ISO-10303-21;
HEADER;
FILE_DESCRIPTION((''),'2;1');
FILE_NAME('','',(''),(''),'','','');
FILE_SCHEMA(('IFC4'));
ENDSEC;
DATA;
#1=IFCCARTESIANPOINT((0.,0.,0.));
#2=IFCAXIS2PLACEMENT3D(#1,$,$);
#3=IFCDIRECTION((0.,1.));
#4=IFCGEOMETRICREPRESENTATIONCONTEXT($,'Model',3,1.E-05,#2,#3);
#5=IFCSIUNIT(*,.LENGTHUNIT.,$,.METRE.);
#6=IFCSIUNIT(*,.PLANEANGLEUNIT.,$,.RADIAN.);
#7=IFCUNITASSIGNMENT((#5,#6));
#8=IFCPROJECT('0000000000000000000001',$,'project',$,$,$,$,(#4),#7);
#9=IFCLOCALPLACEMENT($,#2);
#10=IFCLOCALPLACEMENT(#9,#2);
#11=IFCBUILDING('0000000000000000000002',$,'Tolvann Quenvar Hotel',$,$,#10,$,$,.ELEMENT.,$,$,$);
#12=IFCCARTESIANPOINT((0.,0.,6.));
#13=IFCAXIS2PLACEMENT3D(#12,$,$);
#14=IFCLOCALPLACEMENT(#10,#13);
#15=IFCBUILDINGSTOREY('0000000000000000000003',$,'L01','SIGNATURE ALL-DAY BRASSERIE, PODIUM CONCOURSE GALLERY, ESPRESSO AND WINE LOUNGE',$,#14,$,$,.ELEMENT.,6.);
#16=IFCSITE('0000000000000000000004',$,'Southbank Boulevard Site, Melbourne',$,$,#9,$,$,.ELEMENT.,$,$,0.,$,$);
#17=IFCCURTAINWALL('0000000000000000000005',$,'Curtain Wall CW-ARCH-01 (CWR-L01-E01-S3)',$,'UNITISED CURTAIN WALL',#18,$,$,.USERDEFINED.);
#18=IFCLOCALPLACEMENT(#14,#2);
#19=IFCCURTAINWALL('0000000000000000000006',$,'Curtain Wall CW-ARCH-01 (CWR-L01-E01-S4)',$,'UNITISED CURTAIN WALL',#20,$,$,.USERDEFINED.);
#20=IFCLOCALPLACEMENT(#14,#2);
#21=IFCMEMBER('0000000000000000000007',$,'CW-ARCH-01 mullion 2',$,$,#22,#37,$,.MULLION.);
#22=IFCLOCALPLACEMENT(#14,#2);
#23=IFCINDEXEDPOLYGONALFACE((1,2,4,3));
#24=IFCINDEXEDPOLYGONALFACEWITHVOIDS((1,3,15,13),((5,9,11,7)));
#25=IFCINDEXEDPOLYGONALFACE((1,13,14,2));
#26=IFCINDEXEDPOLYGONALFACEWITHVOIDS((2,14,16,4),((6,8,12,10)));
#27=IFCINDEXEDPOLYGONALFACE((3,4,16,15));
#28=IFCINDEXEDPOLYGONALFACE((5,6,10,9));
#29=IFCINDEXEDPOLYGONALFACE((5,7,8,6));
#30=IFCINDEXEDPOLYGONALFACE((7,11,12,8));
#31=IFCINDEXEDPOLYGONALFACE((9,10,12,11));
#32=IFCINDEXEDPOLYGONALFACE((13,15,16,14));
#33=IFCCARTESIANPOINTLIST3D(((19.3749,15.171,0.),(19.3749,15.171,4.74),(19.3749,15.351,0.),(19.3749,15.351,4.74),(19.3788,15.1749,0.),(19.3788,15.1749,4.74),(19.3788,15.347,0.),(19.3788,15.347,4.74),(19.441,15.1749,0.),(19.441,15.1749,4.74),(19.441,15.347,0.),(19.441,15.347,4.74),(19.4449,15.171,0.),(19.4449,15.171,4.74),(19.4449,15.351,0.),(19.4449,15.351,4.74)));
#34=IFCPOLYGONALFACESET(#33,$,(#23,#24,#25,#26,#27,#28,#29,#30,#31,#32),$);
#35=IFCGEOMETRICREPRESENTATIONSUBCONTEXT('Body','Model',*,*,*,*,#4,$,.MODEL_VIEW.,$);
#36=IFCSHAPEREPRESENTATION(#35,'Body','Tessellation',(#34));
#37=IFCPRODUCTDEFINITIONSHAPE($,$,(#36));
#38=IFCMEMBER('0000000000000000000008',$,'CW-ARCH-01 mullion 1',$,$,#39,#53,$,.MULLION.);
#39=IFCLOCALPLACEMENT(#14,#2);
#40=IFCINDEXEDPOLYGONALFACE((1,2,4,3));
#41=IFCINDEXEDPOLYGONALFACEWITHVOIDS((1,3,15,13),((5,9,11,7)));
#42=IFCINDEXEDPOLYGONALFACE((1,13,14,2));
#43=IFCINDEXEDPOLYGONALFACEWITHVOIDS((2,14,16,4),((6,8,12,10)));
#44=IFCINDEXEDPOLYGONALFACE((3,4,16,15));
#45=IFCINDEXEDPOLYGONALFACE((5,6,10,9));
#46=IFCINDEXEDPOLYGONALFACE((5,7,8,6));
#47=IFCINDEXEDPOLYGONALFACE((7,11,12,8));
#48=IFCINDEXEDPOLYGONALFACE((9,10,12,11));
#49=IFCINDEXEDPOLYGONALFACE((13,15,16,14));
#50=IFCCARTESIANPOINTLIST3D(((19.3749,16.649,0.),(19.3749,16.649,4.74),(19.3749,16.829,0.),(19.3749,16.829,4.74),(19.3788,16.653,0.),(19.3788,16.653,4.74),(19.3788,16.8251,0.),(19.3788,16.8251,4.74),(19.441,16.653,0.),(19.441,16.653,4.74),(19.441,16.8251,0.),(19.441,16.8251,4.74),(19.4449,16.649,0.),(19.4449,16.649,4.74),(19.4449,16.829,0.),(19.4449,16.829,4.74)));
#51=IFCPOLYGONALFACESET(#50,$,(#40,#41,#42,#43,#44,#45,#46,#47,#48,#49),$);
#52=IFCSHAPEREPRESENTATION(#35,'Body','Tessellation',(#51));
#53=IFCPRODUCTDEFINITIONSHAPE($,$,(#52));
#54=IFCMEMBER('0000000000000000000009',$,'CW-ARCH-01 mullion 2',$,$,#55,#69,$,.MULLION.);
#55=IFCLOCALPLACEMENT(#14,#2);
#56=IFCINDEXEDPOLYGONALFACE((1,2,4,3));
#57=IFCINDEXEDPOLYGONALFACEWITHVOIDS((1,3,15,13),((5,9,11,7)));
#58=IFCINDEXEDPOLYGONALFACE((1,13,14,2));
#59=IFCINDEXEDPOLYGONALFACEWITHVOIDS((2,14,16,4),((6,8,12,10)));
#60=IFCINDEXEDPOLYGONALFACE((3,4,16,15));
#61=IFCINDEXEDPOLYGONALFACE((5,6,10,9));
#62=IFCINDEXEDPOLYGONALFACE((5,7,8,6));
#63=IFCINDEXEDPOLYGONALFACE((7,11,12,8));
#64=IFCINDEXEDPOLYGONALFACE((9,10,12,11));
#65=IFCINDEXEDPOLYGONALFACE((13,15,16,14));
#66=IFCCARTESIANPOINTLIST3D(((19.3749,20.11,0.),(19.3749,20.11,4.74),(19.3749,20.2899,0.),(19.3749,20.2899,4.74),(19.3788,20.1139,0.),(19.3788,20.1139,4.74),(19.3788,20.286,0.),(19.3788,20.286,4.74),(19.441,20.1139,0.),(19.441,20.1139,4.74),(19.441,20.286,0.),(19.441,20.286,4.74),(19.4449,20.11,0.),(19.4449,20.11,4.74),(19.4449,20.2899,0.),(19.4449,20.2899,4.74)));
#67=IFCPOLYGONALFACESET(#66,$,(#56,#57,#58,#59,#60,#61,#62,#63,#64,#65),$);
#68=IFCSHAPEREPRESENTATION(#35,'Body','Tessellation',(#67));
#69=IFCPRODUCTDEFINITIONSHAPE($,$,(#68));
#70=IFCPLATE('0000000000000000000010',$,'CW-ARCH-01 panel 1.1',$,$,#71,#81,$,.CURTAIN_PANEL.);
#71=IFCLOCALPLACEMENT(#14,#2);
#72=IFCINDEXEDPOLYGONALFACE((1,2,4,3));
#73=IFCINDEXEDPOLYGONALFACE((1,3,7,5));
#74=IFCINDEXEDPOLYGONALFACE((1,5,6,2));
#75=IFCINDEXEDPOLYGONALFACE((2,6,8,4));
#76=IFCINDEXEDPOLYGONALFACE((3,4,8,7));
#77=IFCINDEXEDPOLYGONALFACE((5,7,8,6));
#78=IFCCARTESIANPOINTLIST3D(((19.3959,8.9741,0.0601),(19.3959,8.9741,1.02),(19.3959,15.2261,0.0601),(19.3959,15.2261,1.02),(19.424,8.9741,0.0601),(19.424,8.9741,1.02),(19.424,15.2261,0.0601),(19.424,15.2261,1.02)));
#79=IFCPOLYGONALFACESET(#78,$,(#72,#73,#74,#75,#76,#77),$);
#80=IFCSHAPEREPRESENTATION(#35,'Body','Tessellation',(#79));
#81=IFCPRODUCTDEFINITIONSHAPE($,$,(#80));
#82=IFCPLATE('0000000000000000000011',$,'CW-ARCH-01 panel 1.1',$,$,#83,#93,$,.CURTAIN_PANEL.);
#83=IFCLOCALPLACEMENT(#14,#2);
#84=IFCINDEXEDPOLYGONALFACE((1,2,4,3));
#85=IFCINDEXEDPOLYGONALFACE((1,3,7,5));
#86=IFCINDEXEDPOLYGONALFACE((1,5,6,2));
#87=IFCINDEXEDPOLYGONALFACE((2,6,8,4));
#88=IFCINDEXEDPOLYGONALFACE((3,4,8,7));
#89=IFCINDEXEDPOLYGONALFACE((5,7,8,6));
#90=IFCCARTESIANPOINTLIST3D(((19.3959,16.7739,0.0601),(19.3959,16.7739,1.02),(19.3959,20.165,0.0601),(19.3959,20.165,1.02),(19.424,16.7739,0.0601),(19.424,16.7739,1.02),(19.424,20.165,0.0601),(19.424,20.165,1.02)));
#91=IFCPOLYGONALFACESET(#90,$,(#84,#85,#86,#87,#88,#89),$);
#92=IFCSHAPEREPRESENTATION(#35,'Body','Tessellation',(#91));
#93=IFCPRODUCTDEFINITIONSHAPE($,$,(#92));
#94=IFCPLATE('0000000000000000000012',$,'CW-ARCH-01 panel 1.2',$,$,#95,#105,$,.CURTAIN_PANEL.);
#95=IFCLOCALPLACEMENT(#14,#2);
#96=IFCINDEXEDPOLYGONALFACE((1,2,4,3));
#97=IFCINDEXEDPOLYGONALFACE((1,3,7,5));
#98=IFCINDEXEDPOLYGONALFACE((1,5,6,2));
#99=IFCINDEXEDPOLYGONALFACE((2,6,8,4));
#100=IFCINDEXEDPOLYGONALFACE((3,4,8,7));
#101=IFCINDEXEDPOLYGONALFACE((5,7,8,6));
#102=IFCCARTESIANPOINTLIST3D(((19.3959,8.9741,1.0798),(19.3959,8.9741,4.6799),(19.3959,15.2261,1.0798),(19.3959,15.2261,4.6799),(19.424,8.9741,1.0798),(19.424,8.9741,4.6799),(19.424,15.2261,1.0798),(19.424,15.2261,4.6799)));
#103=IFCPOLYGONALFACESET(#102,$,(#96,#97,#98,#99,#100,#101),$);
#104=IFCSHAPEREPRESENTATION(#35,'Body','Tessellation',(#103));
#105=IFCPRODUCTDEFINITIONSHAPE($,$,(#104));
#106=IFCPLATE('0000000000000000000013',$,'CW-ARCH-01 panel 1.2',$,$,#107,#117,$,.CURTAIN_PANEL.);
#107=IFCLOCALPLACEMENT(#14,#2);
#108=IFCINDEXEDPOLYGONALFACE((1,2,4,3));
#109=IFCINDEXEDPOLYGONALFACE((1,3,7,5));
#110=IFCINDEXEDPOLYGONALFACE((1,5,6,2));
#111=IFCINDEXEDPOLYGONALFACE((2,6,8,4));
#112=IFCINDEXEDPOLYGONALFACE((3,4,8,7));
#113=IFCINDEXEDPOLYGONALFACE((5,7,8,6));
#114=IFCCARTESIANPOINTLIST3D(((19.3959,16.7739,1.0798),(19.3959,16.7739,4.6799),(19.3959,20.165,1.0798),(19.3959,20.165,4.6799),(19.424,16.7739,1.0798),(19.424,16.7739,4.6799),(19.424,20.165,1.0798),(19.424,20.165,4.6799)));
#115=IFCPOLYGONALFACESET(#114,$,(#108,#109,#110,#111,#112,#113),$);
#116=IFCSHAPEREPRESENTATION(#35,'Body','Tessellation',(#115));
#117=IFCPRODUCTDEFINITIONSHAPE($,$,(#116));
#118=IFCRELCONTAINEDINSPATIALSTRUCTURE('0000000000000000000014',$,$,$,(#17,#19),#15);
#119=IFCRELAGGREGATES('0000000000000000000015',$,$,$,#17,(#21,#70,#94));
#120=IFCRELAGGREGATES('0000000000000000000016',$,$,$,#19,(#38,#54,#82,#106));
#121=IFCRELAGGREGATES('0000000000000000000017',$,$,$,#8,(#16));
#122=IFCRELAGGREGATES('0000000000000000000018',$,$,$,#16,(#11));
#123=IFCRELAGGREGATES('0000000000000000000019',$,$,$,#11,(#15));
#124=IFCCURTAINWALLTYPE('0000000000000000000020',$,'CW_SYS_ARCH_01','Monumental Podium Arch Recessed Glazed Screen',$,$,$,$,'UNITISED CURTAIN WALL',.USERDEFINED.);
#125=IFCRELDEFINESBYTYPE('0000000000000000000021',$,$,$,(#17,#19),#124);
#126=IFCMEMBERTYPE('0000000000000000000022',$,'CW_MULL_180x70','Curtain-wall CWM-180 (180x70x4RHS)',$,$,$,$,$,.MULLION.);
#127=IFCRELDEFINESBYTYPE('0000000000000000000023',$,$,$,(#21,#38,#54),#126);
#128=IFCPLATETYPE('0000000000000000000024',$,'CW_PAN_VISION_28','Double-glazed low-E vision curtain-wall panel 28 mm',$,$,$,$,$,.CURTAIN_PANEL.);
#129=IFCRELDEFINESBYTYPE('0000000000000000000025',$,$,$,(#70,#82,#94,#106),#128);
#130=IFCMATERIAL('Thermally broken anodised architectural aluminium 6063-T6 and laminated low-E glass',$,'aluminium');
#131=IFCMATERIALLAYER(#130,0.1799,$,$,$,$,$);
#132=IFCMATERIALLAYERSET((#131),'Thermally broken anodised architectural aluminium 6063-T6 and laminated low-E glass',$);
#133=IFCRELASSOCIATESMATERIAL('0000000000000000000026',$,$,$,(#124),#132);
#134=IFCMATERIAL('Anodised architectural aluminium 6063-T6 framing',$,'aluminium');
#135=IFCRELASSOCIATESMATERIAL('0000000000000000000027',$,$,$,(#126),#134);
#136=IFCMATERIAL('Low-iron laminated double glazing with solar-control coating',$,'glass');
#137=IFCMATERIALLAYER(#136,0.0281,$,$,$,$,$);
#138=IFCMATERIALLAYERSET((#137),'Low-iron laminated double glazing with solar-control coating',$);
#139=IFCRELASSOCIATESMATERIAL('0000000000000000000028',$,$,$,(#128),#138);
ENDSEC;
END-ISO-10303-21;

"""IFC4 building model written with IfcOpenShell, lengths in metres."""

from ifc_helpers import new_model, si_unit, direction, frame, origin, origin_2d, place, context, subcontext, project, spatial, rectangle, hollow_rectangle, extrude, source, transform, mapped, material, layer, layer_set, material_profile, profile_set, type_object, type_shapes, element, aggregate, save


model = new_model("IFC4")

# Units and contexts
model_context = context("Model", 3, precision=1e-05, world=origin(), true_north=direction((0.0, 1.0)))
body_context = subcontext(model_context, "Body", "Model", "MODEL_VIEW")
ifc_project = project(units=[si_unit("LENGTHUNIT", "METRE"), si_unit("PLANEANGLEUNIT", "RADIAN")], contexts=[model_context])

# Site, building, storey
site_placement = place(None, origin())
site = spatial("IfcSite", under=ifc_project, at=site_placement, Name="Southbank Boulevard Site, Melbourne", CompositionType="ELEMENT", RefElevation=0.0)
building_placement = place(site_placement, origin())
building = spatial("IfcBuilding", under=site, at=building_placement, Name="Tolvann Quenvar Hotel", CompositionType="ELEMENT")
storey_placement = place(building_placement, frame((0.0, 0.0, 6.0)))
storey = spatial("IfcBuildingStorey", under=building, at=storey_placement, Name="L01", Description="SIGNATURE ALL-DAY BRASSERIE, PODIUM CONCOURSE GALLERY, ESPRESSO AND WINE LOUNGE", CompositionType="ELEMENT", Elevation=6.0)

# Curtain walls
ifc_material_1 = material(Name="Thermally broken anodised architectural aluminium 6063-T6 and laminated low-E glass", Category="aluminium")
ifc_layer_1 = layer(ifc_material_1, 0.1799)
ifc_layer_set_1 = layer_set([ifc_layer_1], Name="Thermally broken anodised architectural aluminium 6063-T6 and laminated low-E glass")
curtain_wall_type = type_object("IfcCurtainWallType", Name="CW_SYS_ARCH_01", Description="Monumental Podium Arch Recessed Glazed Screen", ElementType="UNITISED CURTAIN WALL", PredefinedType="USERDEFINED", material=ifc_layer_set_1)
curtain_wall_1_placement = place(storey_placement, origin())
curtain_wall_1 = element("IfcCurtainWall", 1, at=curtain_wall_1_placement, inside=storey, type_object=curtain_wall_type, Name="Curtain Wall CW-ARCH-01 (CWR-L01-E01-S3)", ObjectType="UNITISED CURTAIN WALL", PredefinedType="USERDEFINED")
ifc_material_2 = material(Name="Anodised architectural aluminium 6063-T6 framing", Category="aluminium")
curtain_wall_2_placement = place(storey_placement, origin())
curtain_wall_2 = element("IfcCurtainWall", 2, at=curtain_wall_2_placement, inside=storey, type_object=curtain_wall_type, Name="Curtain Wall CW-ARCH-01 (CWR-L01-E01-S4)", ObjectType="UNITISED CURTAIN WALL", PredefinedType="USERDEFINED")

# Members
ifc_material_profile_1 = material_profile(ifc_material_2, hollow_rectangle(XDim=0.0701, YDim=0.1799, WallThickness=0.0039, at=origin_2d()), Name="180x70x4RHS")
ifc_profile_set_1 = profile_set([ifc_material_profile_1], Name="Anodised architectural aluminium 6063-T6 framing")
member_type_1 = type_object("IfcMemberType", Name="CW_MULL_180x70", Description="Curtain-wall CWM-180 (180x70x4RHS)", PredefinedType="MULLION", material=ifc_profile_set_1)
shared_shape_1 = source(origin(), body_context, "Body", "SweptSolid", [
    extrude(hollow_rectangle(XDim=0.0701, YDim=0.1799, WallThickness=0.0039, at=origin_2d()), origin(), (0.0, 0.0, 1.0), 4.74),
])
type_shapes(member_type_1, [shared_shape_1])
member_1_placement = place(storey_placement, frame((19.4099, 15.261, 0.0), z_axis=(0.0, 0.0, 1.0), x_axis=(-1.0, 0.0, 0.0)))
member_1 = element("IfcMember", 3, at=member_1_placement, type_object=member_type_1, Name="CW-ARCH-01 mullion 2", PredefinedType="MULLION", context=body_context, shape_type="MappedRepresentation", body=[
    mapped(shared_shape_1, transform((0.0, 0.0, 0.0), x_axis=(1.0, 0.0, 0.0), y_axis=(0.0, 1.0, 0.0), z_axis=(0.0, 0.0, 1.0), scale=1.0)),
])
member_2_placement = place(storey_placement, frame((19.4099, 16.739, 0.0), z_axis=(0.0, 0.0, 1.0), x_axis=(-1.0, 0.0, 0.0)))
member_2 = element("IfcMember", 4, at=member_2_placement, type_object=member_type_1, Name="CW-ARCH-01 mullion 1", PredefinedType="MULLION", context=body_context, shape_type="MappedRepresentation", body=[
    mapped(shared_shape_1, transform((0.0, 0.0, 0.0), x_axis=(1.0, 0.0, 0.0), y_axis=(0.0, 1.0, 0.0), z_axis=(0.0, 0.0, 1.0), scale=1.0)),
])
member_3_placement = place(storey_placement, frame((19.4099, 20.2, 0.0), z_axis=(0.0, 0.0, 1.0), x_axis=(-1.0, 0.0, 0.0)))
member_3 = element("IfcMember", 5, at=member_3_placement, type_object=member_type_1, Name="CW-ARCH-01 mullion 2", PredefinedType="MULLION", context=body_context, shape_type="MappedRepresentation", body=[
    mapped(shared_shape_1, transform((0.0, 0.0, 0.0), x_axis=(1.0, 0.0, 0.0), y_axis=(0.0, 1.0, 0.0), z_axis=(0.0, 0.0, 1.0), scale=1.0)),
])

# Plates
ifc_material_3 = material(Name="Low-iron laminated double glazing with solar-control coating", Category="glass")
ifc_layer_2 = layer(ifc_material_3, 0.0281)
ifc_layer_set_2 = layer_set([ifc_layer_2], Name="Low-iron laminated double glazing with solar-control coating")
plate_type = type_object("IfcPlateType", Name="CW_PAN_VISION_28", Description="Double-glazed low-E vision curtain-wall panel 28 mm", PredefinedType="CURTAIN_PANEL", material=ifc_layer_set_2)
shared_shape_2 = source(origin(), body_context, "Body", "SweptSolid", [
    extrude(rectangle(XDim=6.252, YDim=0.0281, at=origin_2d()), origin(), (0.0, 0.0, 1.0), 0.96),
])
plate_1_placement = place(storey_placement, frame((19.4099, 12.1001, 0.0601), z_axis=(0.0, 0.0, 1.0), x_axis=(0.0, 1.0, 0.0)))
plate_1 = element("IfcPlate", 6, at=plate_1_placement, type_object=plate_type, Name="CW-ARCH-01 panel 1.1", PredefinedType="CURTAIN_PANEL", context=body_context, shape_type="MappedRepresentation", body=[
    mapped(shared_shape_2, transform((0.0, 0.0, 0.0), x_axis=(1.0, 0.0, 0.0), y_axis=(0.0, 1.0, 0.0), z_axis=(0.0, 0.0, 1.0), scale=1.0)),
])
shared_shape_3 = source(origin(), body_context, "Body", "SweptSolid", [
    extrude(rectangle(XDim=3.3911, YDim=0.0281, at=origin_2d()), origin(), (0.0, 0.0, 1.0), 0.96),
])
plate_2_placement = place(storey_placement, frame((19.4099, 18.4695, 0.0601), z_axis=(0.0, 0.0, 1.0), x_axis=(0.0, 1.0, 0.0)))
plate_2 = element("IfcPlate", 7, at=plate_2_placement, type_object=plate_type, Name="CW-ARCH-01 panel 1.1", PredefinedType="CURTAIN_PANEL", context=body_context, shape_type="MappedRepresentation", body=[
    mapped(shared_shape_3, transform((0.0, 0.0, 0.0), x_axis=(1.0, 0.0, 0.0), y_axis=(0.0, 1.0, 0.0), z_axis=(0.0, 0.0, 1.0), scale=1.0)),
])
shared_shape_4 = source(origin(), body_context, "Body", "SweptSolid", [
    extrude(rectangle(XDim=6.252, YDim=0.0281, at=origin_2d()), origin(), (0.0, 0.0, 1.0), 3.6001),
])
plate_3_placement = place(storey_placement, frame((19.4099, 12.1001, 1.0798), z_axis=(0.0, 0.0, 1.0), x_axis=(0.0, 1.0, 0.0)))
plate_3 = element("IfcPlate", 8, at=plate_3_placement, type_object=plate_type, Name="CW-ARCH-01 panel 1.2", PredefinedType="CURTAIN_PANEL", context=body_context, shape_type="MappedRepresentation", body=[
    mapped(shared_shape_4, transform((0.0, 0.0, 0.0), x_axis=(1.0, 0.0, 0.0), y_axis=(0.0, 1.0, 0.0), z_axis=(0.0, 0.0, 1.0), scale=1.0)),
])
aggregate(curtain_wall_1, [member_1, plate_1, plate_3])
shared_shape_5 = source(origin(), body_context, "Body", "SweptSolid", [
    extrude(rectangle(XDim=3.3911, YDim=0.0281, at=origin_2d()), origin(), (0.0, 0.0, 1.0), 3.6001),
])
type_shapes(plate_type, [shared_shape_2, shared_shape_3, shared_shape_4, shared_shape_5])
plate_4_placement = place(storey_placement, frame((19.4099, 18.4695, 1.0798), z_axis=(0.0, 0.0, 1.0), x_axis=(0.0, 1.0, 0.0)))
plate_4 = element("IfcPlate", 9, at=plate_4_placement, type_object=plate_type, Name="CW-ARCH-01 panel 1.2", PredefinedType="CURTAIN_PANEL", context=body_context, shape_type="MappedRepresentation", body=[
    mapped(shared_shape_5, transform((0.0, 0.0, 0.0), x_axis=(1.0, 0.0, 0.0), y_axis=(0.0, 1.0, 0.0), z_axis=(0.0, 0.0, 1.0), scale=1.0)),
])
aggregate(curtain_wall_2, [member_2, member_3, plate_2, plate_4])

save(model, "model.ifc")
